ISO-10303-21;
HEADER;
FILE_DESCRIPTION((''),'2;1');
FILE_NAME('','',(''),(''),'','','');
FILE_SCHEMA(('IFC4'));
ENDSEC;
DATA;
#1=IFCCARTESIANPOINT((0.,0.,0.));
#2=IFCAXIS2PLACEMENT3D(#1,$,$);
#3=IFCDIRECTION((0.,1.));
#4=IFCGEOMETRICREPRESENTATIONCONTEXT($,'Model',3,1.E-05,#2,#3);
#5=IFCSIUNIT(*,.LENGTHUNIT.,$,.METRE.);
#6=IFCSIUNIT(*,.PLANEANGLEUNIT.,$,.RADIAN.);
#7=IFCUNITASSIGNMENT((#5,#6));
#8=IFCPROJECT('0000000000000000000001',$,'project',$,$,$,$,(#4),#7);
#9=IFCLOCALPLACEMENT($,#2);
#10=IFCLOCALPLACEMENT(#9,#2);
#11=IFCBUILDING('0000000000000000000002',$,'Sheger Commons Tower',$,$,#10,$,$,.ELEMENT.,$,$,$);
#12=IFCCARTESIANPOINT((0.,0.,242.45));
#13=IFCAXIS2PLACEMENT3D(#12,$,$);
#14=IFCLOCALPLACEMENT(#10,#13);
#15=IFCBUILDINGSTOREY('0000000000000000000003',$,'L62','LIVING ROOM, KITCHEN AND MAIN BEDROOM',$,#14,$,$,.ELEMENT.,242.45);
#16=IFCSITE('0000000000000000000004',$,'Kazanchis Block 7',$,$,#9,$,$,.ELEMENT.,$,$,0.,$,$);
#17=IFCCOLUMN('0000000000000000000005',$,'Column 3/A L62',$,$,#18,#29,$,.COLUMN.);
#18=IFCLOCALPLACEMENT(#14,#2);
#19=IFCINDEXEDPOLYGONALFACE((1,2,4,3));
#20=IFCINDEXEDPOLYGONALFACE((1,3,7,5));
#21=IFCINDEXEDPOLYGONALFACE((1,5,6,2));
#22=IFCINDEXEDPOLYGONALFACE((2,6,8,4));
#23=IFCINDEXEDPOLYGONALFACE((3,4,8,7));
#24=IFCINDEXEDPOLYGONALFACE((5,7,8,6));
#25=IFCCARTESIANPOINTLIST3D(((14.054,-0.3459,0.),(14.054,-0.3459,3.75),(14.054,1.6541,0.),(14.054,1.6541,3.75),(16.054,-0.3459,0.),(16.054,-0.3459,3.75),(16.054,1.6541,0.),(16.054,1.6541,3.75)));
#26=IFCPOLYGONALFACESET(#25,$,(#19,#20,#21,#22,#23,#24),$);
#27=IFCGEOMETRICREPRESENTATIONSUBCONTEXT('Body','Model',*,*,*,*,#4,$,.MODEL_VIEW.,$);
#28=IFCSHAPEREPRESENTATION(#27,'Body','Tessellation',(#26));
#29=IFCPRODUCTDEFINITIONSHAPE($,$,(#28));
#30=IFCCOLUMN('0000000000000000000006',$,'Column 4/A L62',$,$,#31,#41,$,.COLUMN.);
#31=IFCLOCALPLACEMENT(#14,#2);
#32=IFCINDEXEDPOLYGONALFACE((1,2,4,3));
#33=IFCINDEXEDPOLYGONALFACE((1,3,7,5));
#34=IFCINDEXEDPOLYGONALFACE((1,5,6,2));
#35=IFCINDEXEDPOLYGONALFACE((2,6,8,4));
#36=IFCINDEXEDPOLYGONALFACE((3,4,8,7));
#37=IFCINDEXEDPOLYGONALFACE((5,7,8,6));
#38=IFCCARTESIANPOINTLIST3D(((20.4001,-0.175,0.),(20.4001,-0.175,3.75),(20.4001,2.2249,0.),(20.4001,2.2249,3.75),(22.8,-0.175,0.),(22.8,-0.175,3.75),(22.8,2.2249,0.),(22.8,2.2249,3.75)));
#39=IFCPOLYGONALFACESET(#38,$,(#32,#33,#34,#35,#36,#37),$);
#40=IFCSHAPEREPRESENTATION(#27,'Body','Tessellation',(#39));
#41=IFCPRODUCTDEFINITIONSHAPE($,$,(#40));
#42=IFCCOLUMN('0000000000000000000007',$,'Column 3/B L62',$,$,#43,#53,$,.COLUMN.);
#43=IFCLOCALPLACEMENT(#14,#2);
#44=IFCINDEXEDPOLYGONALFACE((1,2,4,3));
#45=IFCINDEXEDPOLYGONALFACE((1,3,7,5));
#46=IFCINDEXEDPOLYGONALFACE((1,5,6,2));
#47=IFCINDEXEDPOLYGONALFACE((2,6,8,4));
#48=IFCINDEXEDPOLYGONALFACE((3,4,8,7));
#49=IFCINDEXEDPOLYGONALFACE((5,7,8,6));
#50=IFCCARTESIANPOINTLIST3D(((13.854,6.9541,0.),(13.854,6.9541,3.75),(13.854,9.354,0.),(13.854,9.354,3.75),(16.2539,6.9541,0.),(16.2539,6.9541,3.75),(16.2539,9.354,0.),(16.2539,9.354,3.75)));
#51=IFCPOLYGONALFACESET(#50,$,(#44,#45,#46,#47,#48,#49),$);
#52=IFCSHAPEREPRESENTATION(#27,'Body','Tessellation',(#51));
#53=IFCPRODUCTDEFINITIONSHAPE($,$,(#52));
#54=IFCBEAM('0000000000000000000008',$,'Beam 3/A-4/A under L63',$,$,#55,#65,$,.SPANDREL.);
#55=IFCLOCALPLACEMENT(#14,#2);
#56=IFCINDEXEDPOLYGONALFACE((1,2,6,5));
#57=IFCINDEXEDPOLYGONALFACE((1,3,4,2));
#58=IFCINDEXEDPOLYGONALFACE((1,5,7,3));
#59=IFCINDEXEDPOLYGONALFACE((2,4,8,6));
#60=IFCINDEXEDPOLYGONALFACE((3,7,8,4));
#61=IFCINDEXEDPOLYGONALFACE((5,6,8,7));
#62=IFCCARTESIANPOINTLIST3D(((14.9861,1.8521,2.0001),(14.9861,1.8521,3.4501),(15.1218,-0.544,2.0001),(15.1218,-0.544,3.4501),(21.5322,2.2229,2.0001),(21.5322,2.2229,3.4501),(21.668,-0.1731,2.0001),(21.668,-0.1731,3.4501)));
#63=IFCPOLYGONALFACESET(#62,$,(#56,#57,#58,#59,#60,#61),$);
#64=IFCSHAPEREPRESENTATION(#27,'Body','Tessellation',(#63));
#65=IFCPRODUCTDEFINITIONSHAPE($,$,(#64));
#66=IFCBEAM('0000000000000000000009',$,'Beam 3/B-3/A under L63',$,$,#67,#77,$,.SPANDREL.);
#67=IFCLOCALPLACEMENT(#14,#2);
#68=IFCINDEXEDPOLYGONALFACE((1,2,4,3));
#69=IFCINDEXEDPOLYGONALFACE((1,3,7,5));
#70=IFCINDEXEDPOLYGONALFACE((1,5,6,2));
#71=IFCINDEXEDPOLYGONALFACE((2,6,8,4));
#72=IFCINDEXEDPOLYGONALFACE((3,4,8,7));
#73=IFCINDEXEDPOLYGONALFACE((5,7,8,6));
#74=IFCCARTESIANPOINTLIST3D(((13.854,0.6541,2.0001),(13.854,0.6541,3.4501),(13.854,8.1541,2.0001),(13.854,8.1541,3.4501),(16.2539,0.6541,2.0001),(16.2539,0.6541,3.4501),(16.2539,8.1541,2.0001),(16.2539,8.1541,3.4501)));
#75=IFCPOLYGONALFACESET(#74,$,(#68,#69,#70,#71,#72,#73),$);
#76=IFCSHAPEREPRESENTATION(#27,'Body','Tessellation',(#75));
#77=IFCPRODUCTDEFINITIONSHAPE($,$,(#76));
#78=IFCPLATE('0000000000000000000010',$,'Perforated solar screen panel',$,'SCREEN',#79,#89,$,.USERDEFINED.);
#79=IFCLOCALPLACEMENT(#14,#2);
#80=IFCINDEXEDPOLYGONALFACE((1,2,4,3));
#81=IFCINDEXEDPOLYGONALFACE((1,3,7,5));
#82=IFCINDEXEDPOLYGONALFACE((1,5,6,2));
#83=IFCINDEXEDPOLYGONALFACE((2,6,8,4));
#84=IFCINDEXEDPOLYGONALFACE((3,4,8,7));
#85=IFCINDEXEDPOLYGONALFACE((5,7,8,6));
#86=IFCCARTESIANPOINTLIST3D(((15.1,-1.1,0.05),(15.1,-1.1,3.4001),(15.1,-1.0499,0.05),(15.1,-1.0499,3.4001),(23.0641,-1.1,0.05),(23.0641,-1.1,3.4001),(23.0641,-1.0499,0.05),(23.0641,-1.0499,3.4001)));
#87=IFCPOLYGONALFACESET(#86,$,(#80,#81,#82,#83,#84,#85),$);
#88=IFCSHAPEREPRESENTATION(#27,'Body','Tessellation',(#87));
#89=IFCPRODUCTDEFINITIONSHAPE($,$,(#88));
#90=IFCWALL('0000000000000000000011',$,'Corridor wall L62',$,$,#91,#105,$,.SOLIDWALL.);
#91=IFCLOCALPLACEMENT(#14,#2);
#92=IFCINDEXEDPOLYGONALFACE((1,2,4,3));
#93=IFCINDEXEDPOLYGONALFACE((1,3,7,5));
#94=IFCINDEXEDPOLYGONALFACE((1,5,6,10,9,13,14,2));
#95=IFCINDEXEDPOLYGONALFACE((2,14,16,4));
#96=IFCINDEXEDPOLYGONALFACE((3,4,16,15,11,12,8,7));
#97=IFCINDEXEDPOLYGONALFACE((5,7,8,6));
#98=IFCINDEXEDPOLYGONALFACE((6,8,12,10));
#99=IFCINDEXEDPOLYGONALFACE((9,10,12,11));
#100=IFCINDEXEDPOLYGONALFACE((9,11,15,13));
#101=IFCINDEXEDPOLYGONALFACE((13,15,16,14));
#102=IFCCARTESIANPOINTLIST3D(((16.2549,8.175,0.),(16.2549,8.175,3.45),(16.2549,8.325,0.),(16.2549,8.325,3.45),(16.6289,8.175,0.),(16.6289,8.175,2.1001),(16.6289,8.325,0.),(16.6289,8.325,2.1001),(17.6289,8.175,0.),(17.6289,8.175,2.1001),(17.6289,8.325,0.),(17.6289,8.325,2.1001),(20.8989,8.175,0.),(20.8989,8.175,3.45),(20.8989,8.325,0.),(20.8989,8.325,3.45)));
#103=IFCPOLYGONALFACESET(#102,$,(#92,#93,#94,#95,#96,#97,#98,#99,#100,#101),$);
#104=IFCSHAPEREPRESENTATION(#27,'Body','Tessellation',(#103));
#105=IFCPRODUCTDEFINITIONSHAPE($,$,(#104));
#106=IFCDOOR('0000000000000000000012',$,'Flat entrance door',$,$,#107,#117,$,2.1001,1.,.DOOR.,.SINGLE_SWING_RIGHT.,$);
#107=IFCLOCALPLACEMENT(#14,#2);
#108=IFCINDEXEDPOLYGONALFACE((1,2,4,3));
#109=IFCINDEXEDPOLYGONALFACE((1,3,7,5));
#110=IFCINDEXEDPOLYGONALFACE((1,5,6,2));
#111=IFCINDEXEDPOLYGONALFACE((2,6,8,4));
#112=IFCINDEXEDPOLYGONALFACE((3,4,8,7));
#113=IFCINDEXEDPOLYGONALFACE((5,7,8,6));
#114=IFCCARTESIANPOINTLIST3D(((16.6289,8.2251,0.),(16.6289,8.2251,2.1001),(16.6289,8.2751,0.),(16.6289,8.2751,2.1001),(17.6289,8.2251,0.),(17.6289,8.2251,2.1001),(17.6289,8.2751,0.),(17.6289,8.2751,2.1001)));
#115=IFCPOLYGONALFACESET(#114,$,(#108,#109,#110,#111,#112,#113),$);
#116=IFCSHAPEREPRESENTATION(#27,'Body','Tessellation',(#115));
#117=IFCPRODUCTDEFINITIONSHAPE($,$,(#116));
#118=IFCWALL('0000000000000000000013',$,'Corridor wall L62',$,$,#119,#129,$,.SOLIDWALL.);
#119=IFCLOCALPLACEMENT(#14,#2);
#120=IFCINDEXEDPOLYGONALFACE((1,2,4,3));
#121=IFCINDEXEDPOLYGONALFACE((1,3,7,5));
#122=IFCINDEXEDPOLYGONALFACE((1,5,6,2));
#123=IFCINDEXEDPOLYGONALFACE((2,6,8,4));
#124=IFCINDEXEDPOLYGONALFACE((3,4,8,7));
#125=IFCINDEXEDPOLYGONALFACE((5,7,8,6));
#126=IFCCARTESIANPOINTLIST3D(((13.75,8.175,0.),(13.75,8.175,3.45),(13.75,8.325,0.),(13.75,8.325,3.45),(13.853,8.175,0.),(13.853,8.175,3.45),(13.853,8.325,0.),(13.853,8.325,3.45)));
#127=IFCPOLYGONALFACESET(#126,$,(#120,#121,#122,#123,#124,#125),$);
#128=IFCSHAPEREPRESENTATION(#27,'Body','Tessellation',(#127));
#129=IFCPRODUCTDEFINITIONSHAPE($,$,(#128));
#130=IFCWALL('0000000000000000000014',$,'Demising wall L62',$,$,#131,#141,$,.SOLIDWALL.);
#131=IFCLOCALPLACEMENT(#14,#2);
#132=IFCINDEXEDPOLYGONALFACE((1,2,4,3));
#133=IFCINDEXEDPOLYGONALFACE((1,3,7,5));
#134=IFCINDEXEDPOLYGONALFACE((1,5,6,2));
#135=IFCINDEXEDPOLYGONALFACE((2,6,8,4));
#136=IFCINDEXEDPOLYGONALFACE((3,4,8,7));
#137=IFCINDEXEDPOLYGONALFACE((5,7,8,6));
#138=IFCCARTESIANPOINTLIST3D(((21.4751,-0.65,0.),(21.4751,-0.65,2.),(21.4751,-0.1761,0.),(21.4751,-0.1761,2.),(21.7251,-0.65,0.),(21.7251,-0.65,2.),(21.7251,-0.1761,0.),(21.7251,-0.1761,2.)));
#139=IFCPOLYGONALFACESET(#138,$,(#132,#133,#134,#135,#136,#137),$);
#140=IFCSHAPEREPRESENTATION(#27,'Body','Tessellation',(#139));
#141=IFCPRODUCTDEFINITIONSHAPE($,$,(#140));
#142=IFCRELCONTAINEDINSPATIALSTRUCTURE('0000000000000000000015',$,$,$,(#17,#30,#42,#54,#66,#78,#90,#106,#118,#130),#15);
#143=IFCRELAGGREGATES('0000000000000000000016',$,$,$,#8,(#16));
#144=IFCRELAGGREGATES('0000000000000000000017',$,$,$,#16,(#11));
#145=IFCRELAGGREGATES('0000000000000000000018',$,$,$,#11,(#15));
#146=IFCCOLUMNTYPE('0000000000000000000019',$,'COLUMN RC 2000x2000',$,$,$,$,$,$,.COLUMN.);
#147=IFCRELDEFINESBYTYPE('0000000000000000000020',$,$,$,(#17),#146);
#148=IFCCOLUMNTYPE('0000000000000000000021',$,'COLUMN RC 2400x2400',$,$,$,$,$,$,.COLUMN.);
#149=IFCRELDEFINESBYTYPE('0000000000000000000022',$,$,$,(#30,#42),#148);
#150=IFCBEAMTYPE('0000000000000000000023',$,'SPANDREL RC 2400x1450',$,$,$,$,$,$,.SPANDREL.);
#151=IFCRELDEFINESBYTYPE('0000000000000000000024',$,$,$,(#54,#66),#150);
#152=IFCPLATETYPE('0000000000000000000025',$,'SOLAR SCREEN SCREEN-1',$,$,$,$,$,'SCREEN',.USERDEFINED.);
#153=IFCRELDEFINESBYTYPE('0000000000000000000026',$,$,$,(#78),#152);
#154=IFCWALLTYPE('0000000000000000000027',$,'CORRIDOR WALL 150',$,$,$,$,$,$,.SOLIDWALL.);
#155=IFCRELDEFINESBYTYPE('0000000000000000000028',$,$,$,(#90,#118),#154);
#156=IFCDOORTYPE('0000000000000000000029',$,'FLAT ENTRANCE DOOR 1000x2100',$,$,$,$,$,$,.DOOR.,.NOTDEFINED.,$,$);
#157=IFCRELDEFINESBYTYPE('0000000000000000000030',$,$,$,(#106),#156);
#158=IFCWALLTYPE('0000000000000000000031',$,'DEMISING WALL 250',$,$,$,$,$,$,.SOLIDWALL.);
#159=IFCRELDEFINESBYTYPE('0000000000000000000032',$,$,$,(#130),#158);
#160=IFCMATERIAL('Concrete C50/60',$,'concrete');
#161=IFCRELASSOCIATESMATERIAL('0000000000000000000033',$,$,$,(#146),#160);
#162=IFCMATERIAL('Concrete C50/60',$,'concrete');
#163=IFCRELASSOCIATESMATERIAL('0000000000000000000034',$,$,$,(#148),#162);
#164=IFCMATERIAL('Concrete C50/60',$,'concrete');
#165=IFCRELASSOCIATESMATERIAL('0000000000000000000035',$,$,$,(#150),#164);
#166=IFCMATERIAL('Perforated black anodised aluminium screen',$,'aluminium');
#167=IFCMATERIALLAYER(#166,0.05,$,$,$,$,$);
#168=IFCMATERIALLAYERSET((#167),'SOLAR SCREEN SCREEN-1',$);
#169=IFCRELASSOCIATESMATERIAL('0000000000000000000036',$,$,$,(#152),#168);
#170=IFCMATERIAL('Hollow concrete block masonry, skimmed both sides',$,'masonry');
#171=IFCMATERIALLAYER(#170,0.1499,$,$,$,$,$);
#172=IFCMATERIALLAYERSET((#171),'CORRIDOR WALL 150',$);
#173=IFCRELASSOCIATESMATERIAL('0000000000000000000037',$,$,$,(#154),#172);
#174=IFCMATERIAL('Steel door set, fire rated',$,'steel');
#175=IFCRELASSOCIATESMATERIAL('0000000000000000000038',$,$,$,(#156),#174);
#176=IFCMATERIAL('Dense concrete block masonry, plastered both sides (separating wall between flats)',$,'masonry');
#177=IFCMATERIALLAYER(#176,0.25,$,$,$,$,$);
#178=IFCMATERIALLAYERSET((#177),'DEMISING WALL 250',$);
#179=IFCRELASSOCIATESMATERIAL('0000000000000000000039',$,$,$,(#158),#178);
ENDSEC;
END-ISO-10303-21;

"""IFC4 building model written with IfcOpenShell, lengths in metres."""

from ifc_helpers import new_model, si_unit, direction, frame, frame_2d, origin, origin_2d, place, context, subcontext, project, spatial, rectangle, extrude, material, layer, layer_set, material_profile, profile_set, type_object, element, fill, save


model = new_model("IFC4")

# Units and contexts
model_context = context("Model", 3, precision=1e-05, world=origin(), true_north=direction((0.0, 1.0)))
body_context = subcontext(model_context, "Body", "Model", "MODEL_VIEW")
ifc_project = project(units=[si_unit("LENGTHUNIT", "METRE"), si_unit("PLANEANGLEUNIT", "RADIAN")], contexts=[model_context])

# Site, building, storey
site_placement = place(None, origin())
site = spatial("IfcSite", under=ifc_project, at=site_placement, Name="Kazanchis Block 7", CompositionType="ELEMENT", RefElevation=0.0)
building_placement = place(site_placement, origin())
building = spatial("IfcBuilding", under=site, at=building_placement, Name="Sheger Commons Tower", CompositionType="ELEMENT")
storey_placement = place(building_placement, frame((0.0, 0.0, 242.45)))
storey = spatial("IfcBuildingStorey", under=building, at=storey_placement, Name="L62", Description="LIVING ROOM, KITCHEN AND MAIN BEDROOM", CompositionType="ELEMENT", Elevation=242.45)

# Columns
ifc_material_1 = material(Name="Concrete C50/60", Category="concrete")
ifc_material_profile_1 = material_profile(ifc_material_1, rectangle(XDim=2.0, YDim=2.0, at=origin_2d()), Name="RC 2000x2000")
ifc_profile_set_1 = profile_set([ifc_material_profile_1], Name="Concrete C50/60")
column_type_1 = type_object("IfcColumnType", Name="COLUMN RC 2000x2000", PredefinedType="COLUMN", material=ifc_profile_set_1)
column_placement = place(storey_placement, frame((15.054, 0.6541, 0.0), z_axis=(0.0, 0.0, 1.0), x_axis=(1.0, 0.0, 0.0)))
element("IfcColumn", 1, at=column_placement, inside=storey, type_object=column_type_1, Name="Column 3/A L62", PredefinedType="COLUMN", context=body_context, shape_type="SweptSolid", body=[
    extrude(rectangle(XDim=2.0, YDim=2.0, at=origin_2d()), origin(), (0.0, 0.0, 1.0), 3.75),
])
ifc_material_2 = material(Name="Concrete C50/60", Category="concrete")
ifc_material_profile_2 = material_profile(ifc_material_2, rectangle(XDim=2.3999, YDim=2.3999, at=origin_2d()), Name="RC 2400x2400")
ifc_profile_set_2 = profile_set([ifc_material_profile_2], Name="Concrete C50/60")
column_type_2 = type_object("IfcColumnType", Name="COLUMN RC 2400x2400", PredefinedType="COLUMN", material=ifc_profile_set_2)
for number, where, z_axis, x_axis, name in (
    (2, (21.6001, 1.0249, 0.0), (0.0, 0.0, 1.0), (1.0, 0.0, 0.0), "Column 4/A L62"),
    (3, (15.054, 8.1541, 0.0), (0.0, 0.0, 1.0), (1.0, 0.0, 0.0), "Column 3/B L62"),
):
    element("IfcColumn", number, at=place(storey_placement, frame(where, z_axis=z_axis, x_axis=x_axis)), inside=storey, type_object=column_type_2, Name=name, PredefinedType="COLUMN", context=body_context, shape_type="SweptSolid", body=[
        extrude(rectangle(XDim=2.3999, YDim=2.3999, at=origin_2d()), origin(), (0.0, 0.0, 1.0), 3.75),
    ])

# Beams
ifc_material_3 = material(Name="Concrete C50/60", Category="concrete")
ifc_material_profile_3 = material_profile(ifc_material_3, rectangle(XDim=2.3999, YDim=1.45, at=origin_2d()), Name="RC 2400x1450")
ifc_profile_set_3 = profile_set([ifc_material_profile_3], Name="Concrete C50/60")
beam_type = type_object("IfcBeamType", Name="SPANDREL RC 2400x1450", PredefinedType="SPANDREL", material=ifc_profile_set_3)
beam_1_placement = place(storey_placement, frame((15.054, 0.6541, 2.7251), z_axis=(0.998399, 0.056561, 0.0), x_axis=(-0.056561, 0.998399, 0.0)))
element("IfcBeam", 4, at=beam_1_placement, inside=storey, type_object=beam_type, Name="Beam 3/A-4/A under L63", PredefinedType="SPANDREL", context=body_context, shape_type="SweptSolid", body=[
    extrude(rectangle(XDim=2.3999, YDim=1.45, at=origin_2d()), origin(), (0.0, 0.0, 1.0), 6.5566),
])
beam_2_placement = place(storey_placement, frame((15.054, 8.1541, 2.7251), z_axis=(0.0, -1.0, 0.0), x_axis=(1.0, 0.0, 0.0)))
element("IfcBeam", 5, at=beam_2_placement, inside=storey, type_object=beam_type, Name="Beam 3/B-3/A under L63", PredefinedType="SPANDREL", context=body_context, shape_type="SweptSolid", body=[
    extrude(rectangle(XDim=2.3999, YDim=1.45, at=origin_2d()), origin(), (0.0, 0.0, 1.0), 7.5),
])

# Plate
ifc_material_4 = material(Name="Perforated black anodised aluminium screen", Category="aluminium")
ifc_layer_1 = layer(ifc_material_4, 0.05)
ifc_layer_set_1 = layer_set([ifc_layer_1], Name="SOLAR SCREEN SCREEN-1")
plate_type = type_object("IfcPlateType", Name="SOLAR SCREEN SCREEN-1", ElementType="SCREEN", PredefinedType="USERDEFINED", material=ifc_layer_set_1)
plate_placement = place(storey_placement, frame((19.082, -1.075, 0.05), z_axis=(0.0, 0.0, 1.0), x_axis=(1.0, 0.0, 0.0)))
element("IfcPlate", 6, at=plate_placement, inside=storey, type_object=plate_type, Name="Perforated solar screen panel", ObjectType="SCREEN", PredefinedType="USERDEFINED", context=body_context, shape_type="SweptSolid", body=[
    extrude(rectangle(XDim=7.9641, YDim=0.05, at=origin_2d()), origin(), (0.0, 0.0, 1.0), 3.3501),
])

# Wall, opening, door
ifc_material_5 = material(Name="Hollow concrete block masonry, skimmed both sides", Category="masonry")
ifc_layer_2 = layer(ifc_material_5, 0.1499)
ifc_layer_set_2 = layer_set([ifc_layer_2], Name="CORRIDOR WALL 150")
wall_type_1 = type_object("IfcWallType", Name="CORRIDOR WALL 150", PredefinedType="SOLIDWALL", material=ifc_layer_set_2)
wall_1_placement = place(storey_placement, frame((20.8989, 8.25, 0.0), z_axis=(0.0, 0.0, 1.0), x_axis=(-1.0, 0.0, 0.0)))
wall_1 = element("IfcWall", 7, at=wall_1_placement, inside=storey, type_object=wall_type_1, Name="Corridor wall L62", PredefinedType="SOLIDWALL", context=body_context, shape_type="SweptSolid", body=[
    extrude(rectangle(XDim=4.644, YDim=0.1499, at=frame_2d((2.322, 0.0))), origin(), (0.0, 0.0, 1.0), 3.45),
])
opening_1_placement = place(wall_1_placement, frame((3.27, 0.0, 0.0)))
opening_1 = element("IfcOpeningElement", 8, at=opening_1_placement, cuts=wall_1, PredefinedType="OPENING", context=body_context, shape_type="SweptSolid", body=[
    extrude(rectangle(XDim=1.0, YDim=2.1001, at=frame_2d((0.5, 1.05))), frame((0.0, 0.085, 0.0), z_axis=(0.0, -1.0, 0.0), x_axis=(1.0, 0.0, 0.0)), (0.0, 0.0, 1.0), 0.1699),
])
ifc_material_6 = material(Name="Steel door set, fire rated", Category="steel")
door_type_1 = type_object("IfcDoorType", Name="FLAT ENTRANCE DOOR 1000x2100", OperationType="NOTDEFINED", PredefinedType="DOOR", material=ifc_material_6)
door_1_placement = place(opening_1_placement, origin())
door_1 = element("IfcDoor", 9, at=door_1_placement, inside=storey, type_object=door_type_1, Name="Flat entrance door", OperationType="SINGLE_SWING_RIGHT", OverallHeight=2.1001, OverallWidth=1.0, PredefinedType="DOOR", context=body_context, shape_type="SweptSolid", body=[
    extrude(rectangle(XDim=1.0, YDim=2.1001, at=frame_2d((0.5, 1.05))), frame((0.0, 0.0249, 0.0), z_axis=(0.0, -1.0, 0.0), x_axis=(1.0, 0.0, 0.0)), (0.0, 0.0, 1.0), 0.05),
])
fill(opening_1, door_1)

# Walls
wall_2_placement = place(storey_placement, frame((13.853, 8.25, 0.0), z_axis=(0.0, 0.0, 1.0), x_axis=(-1.0, 0.0, 0.0)))
element("IfcWall", 10, at=wall_2_placement, inside=storey, type_object=wall_type_1, Name="Corridor wall L62", PredefinedType="SOLIDWALL", context=body_context, shape_type="SweptSolid", body=[
    extrude(rectangle(XDim=0.103, YDim=0.1499, at=frame_2d((0.0515, 0.0))), origin(), (0.0, 0.0, 1.0), 3.45),
])
ifc_material_7 = material(Name="Dense concrete block masonry, plastered both sides (separating wall between flats)", Category="masonry")
ifc_layer_3 = layer(ifc_material_7, 0.25)
ifc_layer_set_3 = layer_set([ifc_layer_3], Name="DEMISING WALL 250")
wall_type_2 = type_object("IfcWallType", Name="DEMISING WALL 250", PredefinedType="SOLIDWALL", material=ifc_layer_set_3)
wall_3_placement = place(storey_placement, frame((21.6001, -0.6499, 0.0), z_axis=(0.0, 0.0, 1.0), x_axis=(0.0, 1.0, 0.0)))
element("IfcWall", 11, at=wall_3_placement, inside=storey, type_object=wall_type_2, Name="Demising wall L62", PredefinedType="SOLIDWALL", context=body_context, shape_type="SweptSolid", body=[
    extrude(rectangle(XDim=0.4739, YDim=0.25, at=frame_2d((0.2368, 0.0))), origin(), (0.0, 0.0, 1.0), 2.0),
])

save(model, "model.ifc")
